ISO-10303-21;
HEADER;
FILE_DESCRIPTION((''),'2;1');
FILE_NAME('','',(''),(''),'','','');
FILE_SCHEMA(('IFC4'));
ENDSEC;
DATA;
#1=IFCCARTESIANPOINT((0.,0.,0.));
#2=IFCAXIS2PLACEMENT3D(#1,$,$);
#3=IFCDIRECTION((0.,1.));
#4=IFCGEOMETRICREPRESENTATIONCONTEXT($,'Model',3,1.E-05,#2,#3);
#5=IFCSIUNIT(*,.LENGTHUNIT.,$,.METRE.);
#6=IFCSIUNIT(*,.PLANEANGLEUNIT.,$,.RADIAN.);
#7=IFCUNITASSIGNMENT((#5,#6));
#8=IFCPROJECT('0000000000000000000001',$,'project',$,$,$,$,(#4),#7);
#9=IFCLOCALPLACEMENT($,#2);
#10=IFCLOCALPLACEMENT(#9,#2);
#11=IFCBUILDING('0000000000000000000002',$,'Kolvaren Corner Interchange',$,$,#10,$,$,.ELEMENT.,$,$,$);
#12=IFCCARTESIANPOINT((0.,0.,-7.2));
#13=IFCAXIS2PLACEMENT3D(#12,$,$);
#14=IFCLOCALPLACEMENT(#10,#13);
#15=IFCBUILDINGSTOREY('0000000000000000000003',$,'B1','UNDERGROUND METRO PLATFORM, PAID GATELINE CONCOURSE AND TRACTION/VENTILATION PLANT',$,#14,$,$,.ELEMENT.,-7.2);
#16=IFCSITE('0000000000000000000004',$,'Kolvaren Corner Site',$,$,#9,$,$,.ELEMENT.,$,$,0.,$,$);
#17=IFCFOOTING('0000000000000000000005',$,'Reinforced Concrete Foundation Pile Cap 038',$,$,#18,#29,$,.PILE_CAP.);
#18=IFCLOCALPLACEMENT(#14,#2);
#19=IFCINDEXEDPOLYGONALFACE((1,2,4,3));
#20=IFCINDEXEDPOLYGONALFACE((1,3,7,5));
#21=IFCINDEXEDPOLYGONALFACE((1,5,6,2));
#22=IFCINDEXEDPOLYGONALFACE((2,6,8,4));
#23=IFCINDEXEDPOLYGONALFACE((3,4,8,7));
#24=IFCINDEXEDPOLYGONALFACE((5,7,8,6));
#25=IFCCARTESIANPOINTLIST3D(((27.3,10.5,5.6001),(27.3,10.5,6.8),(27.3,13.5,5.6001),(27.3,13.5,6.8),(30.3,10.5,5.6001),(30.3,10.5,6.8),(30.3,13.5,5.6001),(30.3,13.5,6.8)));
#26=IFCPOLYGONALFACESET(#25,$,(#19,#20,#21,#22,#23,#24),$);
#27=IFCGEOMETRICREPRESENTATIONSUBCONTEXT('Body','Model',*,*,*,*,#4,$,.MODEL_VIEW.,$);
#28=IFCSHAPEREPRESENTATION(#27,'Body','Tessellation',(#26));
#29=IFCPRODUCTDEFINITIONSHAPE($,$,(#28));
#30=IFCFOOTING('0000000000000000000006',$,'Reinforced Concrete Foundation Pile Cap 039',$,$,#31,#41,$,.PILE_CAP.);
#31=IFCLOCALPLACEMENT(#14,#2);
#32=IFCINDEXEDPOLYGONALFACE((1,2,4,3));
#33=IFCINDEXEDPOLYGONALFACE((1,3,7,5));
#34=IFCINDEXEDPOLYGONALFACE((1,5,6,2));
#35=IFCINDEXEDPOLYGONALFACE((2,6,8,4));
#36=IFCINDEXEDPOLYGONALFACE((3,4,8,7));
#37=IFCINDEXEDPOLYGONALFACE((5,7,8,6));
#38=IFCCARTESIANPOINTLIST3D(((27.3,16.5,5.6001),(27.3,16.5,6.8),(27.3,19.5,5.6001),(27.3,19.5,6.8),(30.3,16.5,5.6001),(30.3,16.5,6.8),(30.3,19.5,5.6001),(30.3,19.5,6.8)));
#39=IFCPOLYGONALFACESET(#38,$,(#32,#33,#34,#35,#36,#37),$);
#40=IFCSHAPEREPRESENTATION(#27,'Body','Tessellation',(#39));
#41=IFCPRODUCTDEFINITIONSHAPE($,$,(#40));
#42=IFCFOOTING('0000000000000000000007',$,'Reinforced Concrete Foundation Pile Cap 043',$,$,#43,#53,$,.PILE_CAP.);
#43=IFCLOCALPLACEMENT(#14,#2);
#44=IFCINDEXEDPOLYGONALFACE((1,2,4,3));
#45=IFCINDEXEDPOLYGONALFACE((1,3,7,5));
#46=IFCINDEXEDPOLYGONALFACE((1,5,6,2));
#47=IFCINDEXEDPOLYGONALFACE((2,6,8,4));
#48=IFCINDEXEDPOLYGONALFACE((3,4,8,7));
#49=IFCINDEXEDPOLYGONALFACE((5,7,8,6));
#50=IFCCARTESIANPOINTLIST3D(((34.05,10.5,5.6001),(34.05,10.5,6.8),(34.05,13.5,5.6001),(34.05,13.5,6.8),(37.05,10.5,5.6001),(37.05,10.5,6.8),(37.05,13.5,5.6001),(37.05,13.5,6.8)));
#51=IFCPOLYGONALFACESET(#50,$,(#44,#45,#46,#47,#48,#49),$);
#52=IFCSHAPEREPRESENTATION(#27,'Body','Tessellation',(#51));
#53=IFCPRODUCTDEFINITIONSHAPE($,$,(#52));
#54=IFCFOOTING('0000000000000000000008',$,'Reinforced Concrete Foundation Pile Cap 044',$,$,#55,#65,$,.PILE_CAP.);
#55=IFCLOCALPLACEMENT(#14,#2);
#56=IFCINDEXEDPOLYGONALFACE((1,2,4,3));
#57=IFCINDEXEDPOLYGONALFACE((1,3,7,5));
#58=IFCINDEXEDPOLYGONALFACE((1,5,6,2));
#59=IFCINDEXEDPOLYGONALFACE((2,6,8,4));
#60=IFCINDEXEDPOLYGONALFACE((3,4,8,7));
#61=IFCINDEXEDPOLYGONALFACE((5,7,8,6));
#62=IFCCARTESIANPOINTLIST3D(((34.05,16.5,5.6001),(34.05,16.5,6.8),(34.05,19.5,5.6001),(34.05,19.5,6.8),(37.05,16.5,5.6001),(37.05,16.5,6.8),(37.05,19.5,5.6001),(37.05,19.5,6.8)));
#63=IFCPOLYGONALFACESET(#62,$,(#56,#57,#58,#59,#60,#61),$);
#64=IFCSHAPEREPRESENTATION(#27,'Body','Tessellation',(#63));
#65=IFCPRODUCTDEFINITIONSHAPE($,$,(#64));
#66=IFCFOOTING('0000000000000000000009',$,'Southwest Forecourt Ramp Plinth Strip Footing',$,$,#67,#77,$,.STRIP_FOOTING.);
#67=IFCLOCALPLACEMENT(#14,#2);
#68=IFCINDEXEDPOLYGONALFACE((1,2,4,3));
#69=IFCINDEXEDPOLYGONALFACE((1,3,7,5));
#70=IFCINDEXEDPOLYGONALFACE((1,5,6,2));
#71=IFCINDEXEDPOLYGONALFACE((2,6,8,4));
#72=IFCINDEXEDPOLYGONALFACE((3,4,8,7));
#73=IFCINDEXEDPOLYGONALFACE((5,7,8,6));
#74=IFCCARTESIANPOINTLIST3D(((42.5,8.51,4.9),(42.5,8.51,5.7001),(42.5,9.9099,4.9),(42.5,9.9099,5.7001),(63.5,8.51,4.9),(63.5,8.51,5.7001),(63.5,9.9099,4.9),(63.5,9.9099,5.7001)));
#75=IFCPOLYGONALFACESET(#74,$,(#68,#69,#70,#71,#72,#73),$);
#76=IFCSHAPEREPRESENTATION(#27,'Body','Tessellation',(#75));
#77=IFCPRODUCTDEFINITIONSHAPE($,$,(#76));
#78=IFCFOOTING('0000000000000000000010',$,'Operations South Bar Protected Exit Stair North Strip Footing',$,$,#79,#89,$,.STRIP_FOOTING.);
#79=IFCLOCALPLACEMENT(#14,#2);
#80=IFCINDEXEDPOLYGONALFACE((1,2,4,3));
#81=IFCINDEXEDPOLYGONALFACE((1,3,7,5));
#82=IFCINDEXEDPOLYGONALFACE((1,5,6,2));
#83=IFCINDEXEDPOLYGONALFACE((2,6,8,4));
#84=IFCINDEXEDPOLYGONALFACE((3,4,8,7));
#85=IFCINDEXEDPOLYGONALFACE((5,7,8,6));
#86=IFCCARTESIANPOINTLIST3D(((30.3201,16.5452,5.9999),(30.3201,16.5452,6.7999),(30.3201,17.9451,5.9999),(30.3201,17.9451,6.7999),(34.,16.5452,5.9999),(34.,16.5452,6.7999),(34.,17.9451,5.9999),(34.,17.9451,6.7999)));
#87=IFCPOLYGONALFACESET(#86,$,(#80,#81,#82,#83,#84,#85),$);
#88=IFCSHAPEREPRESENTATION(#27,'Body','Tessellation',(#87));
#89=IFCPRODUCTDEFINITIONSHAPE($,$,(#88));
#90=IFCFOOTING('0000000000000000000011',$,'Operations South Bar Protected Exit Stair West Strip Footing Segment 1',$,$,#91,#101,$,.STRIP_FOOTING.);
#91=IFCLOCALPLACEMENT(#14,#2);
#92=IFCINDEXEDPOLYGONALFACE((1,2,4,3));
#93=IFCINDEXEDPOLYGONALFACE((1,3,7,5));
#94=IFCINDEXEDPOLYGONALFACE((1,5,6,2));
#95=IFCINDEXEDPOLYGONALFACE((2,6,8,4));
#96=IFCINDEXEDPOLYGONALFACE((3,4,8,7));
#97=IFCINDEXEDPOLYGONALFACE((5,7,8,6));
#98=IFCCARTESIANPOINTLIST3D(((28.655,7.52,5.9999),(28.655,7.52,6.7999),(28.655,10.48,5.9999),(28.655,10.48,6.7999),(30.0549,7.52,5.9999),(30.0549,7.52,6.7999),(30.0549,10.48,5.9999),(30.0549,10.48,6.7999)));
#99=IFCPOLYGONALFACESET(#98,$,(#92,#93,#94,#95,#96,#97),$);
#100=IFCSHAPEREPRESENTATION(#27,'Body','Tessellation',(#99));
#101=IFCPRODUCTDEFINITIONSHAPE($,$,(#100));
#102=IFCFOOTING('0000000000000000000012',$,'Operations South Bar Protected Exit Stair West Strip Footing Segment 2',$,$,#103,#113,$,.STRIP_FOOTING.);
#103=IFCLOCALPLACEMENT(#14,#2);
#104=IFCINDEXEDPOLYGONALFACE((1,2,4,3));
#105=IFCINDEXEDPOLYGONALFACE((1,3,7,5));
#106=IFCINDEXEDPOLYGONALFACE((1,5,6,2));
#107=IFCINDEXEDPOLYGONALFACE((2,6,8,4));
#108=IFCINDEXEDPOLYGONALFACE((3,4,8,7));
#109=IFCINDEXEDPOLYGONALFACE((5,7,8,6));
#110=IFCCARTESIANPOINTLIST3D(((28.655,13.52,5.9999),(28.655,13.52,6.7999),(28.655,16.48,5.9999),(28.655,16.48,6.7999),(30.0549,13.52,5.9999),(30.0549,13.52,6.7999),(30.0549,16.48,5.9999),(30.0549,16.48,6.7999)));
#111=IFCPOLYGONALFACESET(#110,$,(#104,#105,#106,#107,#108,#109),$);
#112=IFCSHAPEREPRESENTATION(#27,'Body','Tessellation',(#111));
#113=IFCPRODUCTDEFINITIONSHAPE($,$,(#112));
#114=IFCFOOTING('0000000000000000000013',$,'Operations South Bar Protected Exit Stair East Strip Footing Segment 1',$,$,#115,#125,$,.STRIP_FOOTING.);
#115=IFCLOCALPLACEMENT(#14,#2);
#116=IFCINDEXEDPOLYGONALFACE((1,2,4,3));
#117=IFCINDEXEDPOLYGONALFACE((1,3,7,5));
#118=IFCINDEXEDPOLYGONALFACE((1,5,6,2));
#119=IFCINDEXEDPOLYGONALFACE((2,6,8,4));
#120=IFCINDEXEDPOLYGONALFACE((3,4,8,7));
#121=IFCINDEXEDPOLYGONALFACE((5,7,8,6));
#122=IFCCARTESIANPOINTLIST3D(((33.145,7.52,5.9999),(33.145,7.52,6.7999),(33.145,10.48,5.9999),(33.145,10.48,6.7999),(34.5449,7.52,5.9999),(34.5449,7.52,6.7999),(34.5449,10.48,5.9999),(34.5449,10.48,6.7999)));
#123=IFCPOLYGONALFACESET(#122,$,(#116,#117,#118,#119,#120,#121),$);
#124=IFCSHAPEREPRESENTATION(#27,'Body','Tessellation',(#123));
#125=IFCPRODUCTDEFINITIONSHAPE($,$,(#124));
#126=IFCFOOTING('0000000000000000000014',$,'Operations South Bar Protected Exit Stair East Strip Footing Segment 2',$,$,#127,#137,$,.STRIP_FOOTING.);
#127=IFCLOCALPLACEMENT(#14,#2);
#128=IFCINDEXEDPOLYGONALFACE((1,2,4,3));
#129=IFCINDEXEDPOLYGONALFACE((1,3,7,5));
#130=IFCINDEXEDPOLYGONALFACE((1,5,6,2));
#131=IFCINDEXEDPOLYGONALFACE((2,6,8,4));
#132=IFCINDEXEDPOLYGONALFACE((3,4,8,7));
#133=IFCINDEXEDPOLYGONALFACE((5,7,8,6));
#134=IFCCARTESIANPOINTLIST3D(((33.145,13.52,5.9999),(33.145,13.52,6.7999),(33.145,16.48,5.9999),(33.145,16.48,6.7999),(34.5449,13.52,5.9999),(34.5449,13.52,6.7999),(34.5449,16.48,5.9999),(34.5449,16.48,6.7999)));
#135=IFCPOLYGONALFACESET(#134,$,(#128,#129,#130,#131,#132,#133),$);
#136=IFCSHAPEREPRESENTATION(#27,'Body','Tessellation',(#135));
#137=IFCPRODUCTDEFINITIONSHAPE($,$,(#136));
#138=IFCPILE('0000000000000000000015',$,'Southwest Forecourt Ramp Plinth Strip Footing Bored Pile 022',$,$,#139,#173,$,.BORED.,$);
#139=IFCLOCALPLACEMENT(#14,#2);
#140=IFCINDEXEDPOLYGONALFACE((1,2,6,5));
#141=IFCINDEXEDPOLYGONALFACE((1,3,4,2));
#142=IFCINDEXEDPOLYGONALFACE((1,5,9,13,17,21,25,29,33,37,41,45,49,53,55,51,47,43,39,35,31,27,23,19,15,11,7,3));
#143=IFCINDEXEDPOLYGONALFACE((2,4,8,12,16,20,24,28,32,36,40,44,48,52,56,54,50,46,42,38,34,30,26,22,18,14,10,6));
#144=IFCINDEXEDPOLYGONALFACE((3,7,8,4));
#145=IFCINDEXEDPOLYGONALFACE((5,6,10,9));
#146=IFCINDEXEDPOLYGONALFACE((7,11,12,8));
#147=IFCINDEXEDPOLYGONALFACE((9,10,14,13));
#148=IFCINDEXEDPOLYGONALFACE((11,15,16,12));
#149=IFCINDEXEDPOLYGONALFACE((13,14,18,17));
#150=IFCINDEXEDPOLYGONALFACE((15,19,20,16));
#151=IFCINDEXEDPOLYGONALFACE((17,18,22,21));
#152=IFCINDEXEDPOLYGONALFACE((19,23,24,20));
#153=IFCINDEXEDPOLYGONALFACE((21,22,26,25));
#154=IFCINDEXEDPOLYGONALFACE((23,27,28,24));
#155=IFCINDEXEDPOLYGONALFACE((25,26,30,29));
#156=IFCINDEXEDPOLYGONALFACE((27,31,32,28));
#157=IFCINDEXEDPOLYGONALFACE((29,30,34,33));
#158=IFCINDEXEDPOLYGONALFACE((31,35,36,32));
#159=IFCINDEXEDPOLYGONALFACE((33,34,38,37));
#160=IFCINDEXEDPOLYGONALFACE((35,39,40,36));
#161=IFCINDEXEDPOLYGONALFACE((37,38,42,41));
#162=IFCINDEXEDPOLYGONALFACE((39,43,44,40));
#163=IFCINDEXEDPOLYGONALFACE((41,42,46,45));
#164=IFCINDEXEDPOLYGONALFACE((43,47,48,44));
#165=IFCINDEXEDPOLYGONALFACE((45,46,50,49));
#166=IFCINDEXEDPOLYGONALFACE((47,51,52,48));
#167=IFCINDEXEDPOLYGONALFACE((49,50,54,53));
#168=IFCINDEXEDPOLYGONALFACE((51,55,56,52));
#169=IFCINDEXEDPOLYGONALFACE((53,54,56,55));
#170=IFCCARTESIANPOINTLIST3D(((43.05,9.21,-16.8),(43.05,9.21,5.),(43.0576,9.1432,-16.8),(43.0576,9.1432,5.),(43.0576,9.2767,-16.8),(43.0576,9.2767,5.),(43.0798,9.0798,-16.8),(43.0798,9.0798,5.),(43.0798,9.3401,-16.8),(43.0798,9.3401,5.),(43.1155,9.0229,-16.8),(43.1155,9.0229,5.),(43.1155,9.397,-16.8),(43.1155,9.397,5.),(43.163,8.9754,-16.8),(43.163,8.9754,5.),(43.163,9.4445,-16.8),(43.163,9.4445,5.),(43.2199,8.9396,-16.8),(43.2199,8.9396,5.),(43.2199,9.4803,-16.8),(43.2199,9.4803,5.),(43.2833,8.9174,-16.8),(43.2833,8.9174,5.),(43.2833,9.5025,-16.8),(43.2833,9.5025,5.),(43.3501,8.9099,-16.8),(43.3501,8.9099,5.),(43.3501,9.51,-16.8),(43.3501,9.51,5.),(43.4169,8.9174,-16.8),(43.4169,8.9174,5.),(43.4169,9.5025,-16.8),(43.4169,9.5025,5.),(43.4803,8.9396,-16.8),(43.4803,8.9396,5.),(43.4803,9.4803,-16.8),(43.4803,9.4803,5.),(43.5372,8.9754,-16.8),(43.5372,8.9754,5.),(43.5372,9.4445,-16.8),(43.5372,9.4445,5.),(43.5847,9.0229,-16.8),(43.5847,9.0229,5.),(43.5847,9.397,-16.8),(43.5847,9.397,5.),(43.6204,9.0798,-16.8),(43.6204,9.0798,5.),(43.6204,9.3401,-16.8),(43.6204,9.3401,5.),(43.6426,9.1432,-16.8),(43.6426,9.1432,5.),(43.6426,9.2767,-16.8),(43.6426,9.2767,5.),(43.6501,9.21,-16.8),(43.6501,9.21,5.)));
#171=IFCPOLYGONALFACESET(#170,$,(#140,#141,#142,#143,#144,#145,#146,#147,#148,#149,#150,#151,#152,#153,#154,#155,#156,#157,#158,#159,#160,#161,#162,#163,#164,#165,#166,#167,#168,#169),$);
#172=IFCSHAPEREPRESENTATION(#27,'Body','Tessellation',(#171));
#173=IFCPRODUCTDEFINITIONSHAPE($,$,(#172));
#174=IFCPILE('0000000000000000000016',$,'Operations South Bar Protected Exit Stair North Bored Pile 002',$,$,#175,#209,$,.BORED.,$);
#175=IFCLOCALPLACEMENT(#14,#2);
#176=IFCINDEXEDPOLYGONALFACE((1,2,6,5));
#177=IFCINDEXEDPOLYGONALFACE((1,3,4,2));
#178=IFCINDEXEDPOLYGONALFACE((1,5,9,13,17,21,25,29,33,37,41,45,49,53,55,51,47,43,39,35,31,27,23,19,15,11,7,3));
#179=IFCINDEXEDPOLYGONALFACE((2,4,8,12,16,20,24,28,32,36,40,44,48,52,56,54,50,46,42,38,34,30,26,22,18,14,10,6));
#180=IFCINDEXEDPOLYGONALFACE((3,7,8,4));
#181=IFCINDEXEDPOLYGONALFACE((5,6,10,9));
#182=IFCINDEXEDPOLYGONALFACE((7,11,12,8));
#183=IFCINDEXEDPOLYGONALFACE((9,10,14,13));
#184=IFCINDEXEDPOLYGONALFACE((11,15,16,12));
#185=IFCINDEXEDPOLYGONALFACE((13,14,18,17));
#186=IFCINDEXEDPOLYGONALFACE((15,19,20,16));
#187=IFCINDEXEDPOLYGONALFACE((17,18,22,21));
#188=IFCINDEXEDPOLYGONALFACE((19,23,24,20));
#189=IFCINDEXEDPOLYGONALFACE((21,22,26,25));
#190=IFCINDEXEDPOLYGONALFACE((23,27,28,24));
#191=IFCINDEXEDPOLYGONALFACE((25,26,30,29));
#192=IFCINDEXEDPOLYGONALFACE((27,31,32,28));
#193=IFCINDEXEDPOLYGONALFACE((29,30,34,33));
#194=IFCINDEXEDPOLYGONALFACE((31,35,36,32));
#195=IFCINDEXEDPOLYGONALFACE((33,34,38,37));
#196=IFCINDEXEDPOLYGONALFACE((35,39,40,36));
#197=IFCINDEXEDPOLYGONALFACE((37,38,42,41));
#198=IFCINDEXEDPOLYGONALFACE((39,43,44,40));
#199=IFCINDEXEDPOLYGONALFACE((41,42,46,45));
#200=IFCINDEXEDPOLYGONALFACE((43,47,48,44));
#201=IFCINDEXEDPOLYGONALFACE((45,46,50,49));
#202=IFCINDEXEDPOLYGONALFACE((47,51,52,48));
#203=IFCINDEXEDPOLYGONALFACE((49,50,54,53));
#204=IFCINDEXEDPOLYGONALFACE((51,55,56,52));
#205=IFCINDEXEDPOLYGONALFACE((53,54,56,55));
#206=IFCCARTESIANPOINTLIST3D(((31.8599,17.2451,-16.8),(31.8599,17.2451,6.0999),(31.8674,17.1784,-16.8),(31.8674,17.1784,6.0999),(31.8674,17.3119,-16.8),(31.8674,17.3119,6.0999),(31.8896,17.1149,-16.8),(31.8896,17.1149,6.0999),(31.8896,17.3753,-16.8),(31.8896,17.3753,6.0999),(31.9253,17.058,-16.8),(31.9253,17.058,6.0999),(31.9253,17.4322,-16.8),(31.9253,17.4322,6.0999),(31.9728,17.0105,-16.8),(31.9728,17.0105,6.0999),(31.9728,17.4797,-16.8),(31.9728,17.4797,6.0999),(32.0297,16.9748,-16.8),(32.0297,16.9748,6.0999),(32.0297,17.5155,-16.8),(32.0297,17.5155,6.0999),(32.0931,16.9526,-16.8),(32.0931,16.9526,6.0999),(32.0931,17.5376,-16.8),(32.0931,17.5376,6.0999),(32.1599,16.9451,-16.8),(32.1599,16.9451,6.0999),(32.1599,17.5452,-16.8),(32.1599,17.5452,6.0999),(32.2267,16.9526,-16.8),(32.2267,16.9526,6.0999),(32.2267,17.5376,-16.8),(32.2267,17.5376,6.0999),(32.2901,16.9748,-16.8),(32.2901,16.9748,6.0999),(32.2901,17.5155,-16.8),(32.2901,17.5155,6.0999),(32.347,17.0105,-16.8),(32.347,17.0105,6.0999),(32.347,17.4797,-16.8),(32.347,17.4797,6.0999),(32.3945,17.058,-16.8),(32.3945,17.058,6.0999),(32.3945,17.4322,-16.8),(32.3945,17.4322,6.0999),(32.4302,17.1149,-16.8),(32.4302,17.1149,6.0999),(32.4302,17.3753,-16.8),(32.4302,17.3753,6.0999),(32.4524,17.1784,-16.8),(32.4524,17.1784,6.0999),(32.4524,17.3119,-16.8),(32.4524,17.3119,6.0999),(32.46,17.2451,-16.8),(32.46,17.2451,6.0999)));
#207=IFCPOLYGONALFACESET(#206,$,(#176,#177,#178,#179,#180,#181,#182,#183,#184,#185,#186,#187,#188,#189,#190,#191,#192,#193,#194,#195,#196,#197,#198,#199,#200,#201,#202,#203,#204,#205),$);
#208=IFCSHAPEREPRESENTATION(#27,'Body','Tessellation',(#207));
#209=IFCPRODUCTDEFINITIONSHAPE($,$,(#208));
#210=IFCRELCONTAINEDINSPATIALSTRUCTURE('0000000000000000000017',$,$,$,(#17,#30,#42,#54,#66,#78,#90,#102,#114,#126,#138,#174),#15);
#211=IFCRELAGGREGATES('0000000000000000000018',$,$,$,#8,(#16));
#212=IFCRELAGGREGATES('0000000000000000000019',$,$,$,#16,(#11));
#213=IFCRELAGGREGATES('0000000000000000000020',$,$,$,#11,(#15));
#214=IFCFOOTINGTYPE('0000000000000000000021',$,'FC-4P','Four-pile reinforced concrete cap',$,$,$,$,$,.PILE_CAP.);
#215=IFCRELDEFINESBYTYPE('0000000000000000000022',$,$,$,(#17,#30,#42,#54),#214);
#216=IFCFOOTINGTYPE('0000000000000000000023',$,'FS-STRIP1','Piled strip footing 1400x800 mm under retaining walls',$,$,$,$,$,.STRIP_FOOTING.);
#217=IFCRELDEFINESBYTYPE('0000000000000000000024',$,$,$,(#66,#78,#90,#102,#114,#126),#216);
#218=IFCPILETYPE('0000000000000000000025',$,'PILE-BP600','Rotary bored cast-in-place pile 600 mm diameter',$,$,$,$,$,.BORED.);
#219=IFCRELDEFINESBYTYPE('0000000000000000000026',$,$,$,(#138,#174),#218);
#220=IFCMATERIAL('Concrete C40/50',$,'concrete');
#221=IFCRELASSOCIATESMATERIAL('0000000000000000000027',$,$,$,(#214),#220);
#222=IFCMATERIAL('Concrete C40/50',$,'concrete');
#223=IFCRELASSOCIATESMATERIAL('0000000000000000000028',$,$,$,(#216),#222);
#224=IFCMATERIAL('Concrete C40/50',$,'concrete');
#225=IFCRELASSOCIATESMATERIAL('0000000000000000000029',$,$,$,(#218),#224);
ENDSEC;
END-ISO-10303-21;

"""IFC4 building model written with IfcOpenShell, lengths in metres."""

from ifc_helpers import new_model, si_unit, direction, frame, origin, origin_2d, place, context, subcontext, project, spatial, rectangle, circle, extrude, material, material_profile, profile_set, type_object, element, save


model = new_model("IFC4")

# Units and contexts
model_context = context("Model", 3, precision=1e-05, world=origin(), true_north=direction((0.0, 1.0)))
body_context = subcontext(model_context, "Body", "Model", "MODEL_VIEW")
ifc_project = project(units=[si_unit("LENGTHUNIT", "METRE"), si_unit("PLANEANGLEUNIT", "RADIAN")], contexts=[model_context])

# Site, building, storey
site_placement = place(None, origin())
site = spatial("IfcSite", under=ifc_project, at=site_placement, Name="Kolvaren Corner Site", CompositionType="ELEMENT", RefElevation=0.0)
building_placement = place(site_placement, origin())
building = spatial("IfcBuilding", under=site, at=building_placement, Name="Kolvaren Corner Interchange", CompositionType="ELEMENT")
storey_placement = place(building_placement, frame((0.0, 0.0, -7.2)))
storey = spatial("IfcBuildingStorey", under=building, at=storey_placement, Name="B1", Description="UNDERGROUND METRO PLATFORM, PAID GATELINE CONCOURSE AND TRACTION/VENTILATION PLANT", CompositionType="ELEMENT", Elevation=-7.2)

# Footings
ifc_material_1 = material(Name="Concrete C40/50", Category="concrete")
footing_type_1 = type_object("IfcFootingType", Name="FC-4P", Description="Four-pile reinforced concrete cap", PredefinedType="PILE_CAP", material=ifc_material_1)
for number, where, z_axis, x_axis, name in (
    (1, (28.8, 12.0, 5.6001), (0.0, 0.0, 1.0), (1.0, 0.0, 0.0), "Reinforced Concrete Foundation Pile Cap 038"),
    (2, (28.8, 18.0, 5.6001), (0.0, 0.0, 1.0), (1.0, 0.0, 0.0), "Reinforced Concrete Foundation Pile Cap 039"),
    (3, (35.55, 12.0, 5.6001), (0.0, 0.0, 1.0), (1.0, 0.0, 0.0), "Reinforced Concrete Foundation Pile Cap 043"),
    (4, (35.55, 18.0, 5.6001), (0.0, 0.0, 1.0), (1.0, 0.0, 0.0), "Reinforced Concrete Foundation Pile Cap 044"),
):
    element("IfcFooting", number, at=place(storey_placement, frame(where, z_axis=z_axis, x_axis=x_axis)), inside=storey, type_object=footing_type_1, Name=name, PredefinedType="PILE_CAP", context=body_context, shape_type="SweptSolid", body=[
        extrude(rectangle(XDim=3.0, YDim=3.0, at=origin_2d()), origin(), (0.0, 0.0, 1.0), 1.2),
    ])
ifc_material_2 = material(Name="Concrete C40/50", Category="concrete")
ifc_material_profile_1 = material_profile(ifc_material_2, rectangle(XDim=1.3999, YDim=0.8, at=origin_2d()), Name="STRIP 1400x800")
ifc_profile_set_1 = profile_set([ifc_material_profile_1], Name="Concrete C40/50")
footing_type_2 = type_object("IfcFootingType", Name="FS-STRIP1", Description="Piled strip footing 1400x800 mm under retaining walls", PredefinedType="STRIP_FOOTING", material=ifc_profile_set_1)
footing_1_placement = place(storey_placement, frame((42.5, 9.21, 5.3), z_axis=(1.0, 0.0, 0.0), x_axis=(0.0, 1.0, 0.0)))
element("IfcFooting", 5, at=footing_1_placement, inside=storey, type_object=footing_type_2, Name="Southwest Forecourt Ramp Plinth Strip Footing", PredefinedType="STRIP_FOOTING", context=body_context, shape_type="SweptSolid", body=[
    extrude(rectangle(XDim=1.3999, YDim=0.8, at=origin_2d()), origin(), (0.0, 0.0, 1.0), 21.0),
])
footing_2_placement = place(storey_placement, frame((30.3201, 17.2451, 6.3999), z_axis=(1.0, 0.0, 0.0), x_axis=(0.0, 1.0, 0.0)))
element("IfcFooting", 6, at=footing_2_placement, inside=storey, type_object=footing_type_2, Name="Operations South Bar Protected Exit Stair North Strip Footing", PredefinedType="STRIP_FOOTING", context=body_context, shape_type="SweptSolid", body=[
    extrude(rectangle(XDim=1.3999, YDim=0.8, at=origin_2d()), origin(), (0.0, 0.0, 1.0), 3.6799),
])
for number, where, z_axis, x_axis, name in (
    (7, (29.355, 7.52, 6.3999), (0.0, 1.0, 0.0), (-1.0, 0.0, 0.0), "Operations South Bar Protected Exit Stair West Strip Footing Segment 1"),
    (8, (29.355, 13.52, 6.3999), (0.0, 1.0, 0.0), (-1.0, 0.0, 0.0), "Operations South Bar Protected Exit Stair West Strip Footing Segment 2"),
    (9, (33.845, 7.52, 6.3999), (0.0, 1.0, 0.0), (-1.0, 0.0, 0.0), "Operations South Bar Protected Exit Stair East Strip Footing Segment 1"),
    (10, (33.845, 13.52, 6.3999), (0.0, 1.0, 0.0), (-1.0, 0.0, 0.0), "Operations South Bar Protected Exit Stair East Strip Footing Segment 2"),
):
    element("IfcFooting", number, at=place(storey_placement, frame(where, z_axis=z_axis, x_axis=x_axis)), inside=storey, type_object=footing_type_2, Name=name, PredefinedType="STRIP_FOOTING", context=body_context, shape_type="SweptSolid", body=[
        extrude(rectangle(XDim=1.3999, YDim=0.8, at=origin_2d()), origin(), (0.0, 0.0, 1.0), 2.96),
    ])

# Piles
ifc_material_3 = material(Name="Concrete C40/50", Category="concrete")
ifc_material_profile_2 = material_profile(ifc_material_3, circle(Radius=0.3, at=origin_2d()), Name="BORED PILE 600")
ifc_profile_set_2 = profile_set([ifc_material_profile_2], Name="Concrete C40/50")
pile_type_1 = type_object("IfcPileType", Name="PILE-BP600", Description="Rotary bored cast-in-place pile 600 mm diameter", PredefinedType="BORED", material=ifc_profile_set_2)
pile_placement = place(storey_placement, frame((43.3501, 9.21, 5.0), z_axis=(0.0, 0.0, -1.0), x_axis=(1.0, 0.0, 0.0)))
element("IfcPile", 11, at=pile_placement, inside=storey, type_object=pile_type_1, Name="Southwest Forecourt Ramp Plinth Strip Footing Bored Pile 022", PredefinedType="BORED", context=body_context, shape_type="SweptSolid", body=[
    extrude(circle(Radius=0.3, at=origin_2d()), origin(), (0.0, 0.0, 1.0), 21.8),
])
for number, where, z_axis, x_axis, name in (
    (12, (32.1599, 17.2451, 6.0999), (0.0, 0.0, -1.0), (1.0, 0.0, 0.0), "Operations South Bar Protected Exit Stair North Bored Pile 002"),
):
    element("IfcPile", number, at=place(storey_placement, frame(where, z_axis=z_axis, x_axis=x_axis)), inside=storey, type_object=pile_type_1, Name=name, PredefinedType="BORED", context=body_context, shape_type="SweptSolid", body=[
        extrude(circle(Radius=0.3, at=origin_2d()), origin(), (0.0, 0.0, 1.0), 22.8999),
    ])

save(model, "model.ifc")
